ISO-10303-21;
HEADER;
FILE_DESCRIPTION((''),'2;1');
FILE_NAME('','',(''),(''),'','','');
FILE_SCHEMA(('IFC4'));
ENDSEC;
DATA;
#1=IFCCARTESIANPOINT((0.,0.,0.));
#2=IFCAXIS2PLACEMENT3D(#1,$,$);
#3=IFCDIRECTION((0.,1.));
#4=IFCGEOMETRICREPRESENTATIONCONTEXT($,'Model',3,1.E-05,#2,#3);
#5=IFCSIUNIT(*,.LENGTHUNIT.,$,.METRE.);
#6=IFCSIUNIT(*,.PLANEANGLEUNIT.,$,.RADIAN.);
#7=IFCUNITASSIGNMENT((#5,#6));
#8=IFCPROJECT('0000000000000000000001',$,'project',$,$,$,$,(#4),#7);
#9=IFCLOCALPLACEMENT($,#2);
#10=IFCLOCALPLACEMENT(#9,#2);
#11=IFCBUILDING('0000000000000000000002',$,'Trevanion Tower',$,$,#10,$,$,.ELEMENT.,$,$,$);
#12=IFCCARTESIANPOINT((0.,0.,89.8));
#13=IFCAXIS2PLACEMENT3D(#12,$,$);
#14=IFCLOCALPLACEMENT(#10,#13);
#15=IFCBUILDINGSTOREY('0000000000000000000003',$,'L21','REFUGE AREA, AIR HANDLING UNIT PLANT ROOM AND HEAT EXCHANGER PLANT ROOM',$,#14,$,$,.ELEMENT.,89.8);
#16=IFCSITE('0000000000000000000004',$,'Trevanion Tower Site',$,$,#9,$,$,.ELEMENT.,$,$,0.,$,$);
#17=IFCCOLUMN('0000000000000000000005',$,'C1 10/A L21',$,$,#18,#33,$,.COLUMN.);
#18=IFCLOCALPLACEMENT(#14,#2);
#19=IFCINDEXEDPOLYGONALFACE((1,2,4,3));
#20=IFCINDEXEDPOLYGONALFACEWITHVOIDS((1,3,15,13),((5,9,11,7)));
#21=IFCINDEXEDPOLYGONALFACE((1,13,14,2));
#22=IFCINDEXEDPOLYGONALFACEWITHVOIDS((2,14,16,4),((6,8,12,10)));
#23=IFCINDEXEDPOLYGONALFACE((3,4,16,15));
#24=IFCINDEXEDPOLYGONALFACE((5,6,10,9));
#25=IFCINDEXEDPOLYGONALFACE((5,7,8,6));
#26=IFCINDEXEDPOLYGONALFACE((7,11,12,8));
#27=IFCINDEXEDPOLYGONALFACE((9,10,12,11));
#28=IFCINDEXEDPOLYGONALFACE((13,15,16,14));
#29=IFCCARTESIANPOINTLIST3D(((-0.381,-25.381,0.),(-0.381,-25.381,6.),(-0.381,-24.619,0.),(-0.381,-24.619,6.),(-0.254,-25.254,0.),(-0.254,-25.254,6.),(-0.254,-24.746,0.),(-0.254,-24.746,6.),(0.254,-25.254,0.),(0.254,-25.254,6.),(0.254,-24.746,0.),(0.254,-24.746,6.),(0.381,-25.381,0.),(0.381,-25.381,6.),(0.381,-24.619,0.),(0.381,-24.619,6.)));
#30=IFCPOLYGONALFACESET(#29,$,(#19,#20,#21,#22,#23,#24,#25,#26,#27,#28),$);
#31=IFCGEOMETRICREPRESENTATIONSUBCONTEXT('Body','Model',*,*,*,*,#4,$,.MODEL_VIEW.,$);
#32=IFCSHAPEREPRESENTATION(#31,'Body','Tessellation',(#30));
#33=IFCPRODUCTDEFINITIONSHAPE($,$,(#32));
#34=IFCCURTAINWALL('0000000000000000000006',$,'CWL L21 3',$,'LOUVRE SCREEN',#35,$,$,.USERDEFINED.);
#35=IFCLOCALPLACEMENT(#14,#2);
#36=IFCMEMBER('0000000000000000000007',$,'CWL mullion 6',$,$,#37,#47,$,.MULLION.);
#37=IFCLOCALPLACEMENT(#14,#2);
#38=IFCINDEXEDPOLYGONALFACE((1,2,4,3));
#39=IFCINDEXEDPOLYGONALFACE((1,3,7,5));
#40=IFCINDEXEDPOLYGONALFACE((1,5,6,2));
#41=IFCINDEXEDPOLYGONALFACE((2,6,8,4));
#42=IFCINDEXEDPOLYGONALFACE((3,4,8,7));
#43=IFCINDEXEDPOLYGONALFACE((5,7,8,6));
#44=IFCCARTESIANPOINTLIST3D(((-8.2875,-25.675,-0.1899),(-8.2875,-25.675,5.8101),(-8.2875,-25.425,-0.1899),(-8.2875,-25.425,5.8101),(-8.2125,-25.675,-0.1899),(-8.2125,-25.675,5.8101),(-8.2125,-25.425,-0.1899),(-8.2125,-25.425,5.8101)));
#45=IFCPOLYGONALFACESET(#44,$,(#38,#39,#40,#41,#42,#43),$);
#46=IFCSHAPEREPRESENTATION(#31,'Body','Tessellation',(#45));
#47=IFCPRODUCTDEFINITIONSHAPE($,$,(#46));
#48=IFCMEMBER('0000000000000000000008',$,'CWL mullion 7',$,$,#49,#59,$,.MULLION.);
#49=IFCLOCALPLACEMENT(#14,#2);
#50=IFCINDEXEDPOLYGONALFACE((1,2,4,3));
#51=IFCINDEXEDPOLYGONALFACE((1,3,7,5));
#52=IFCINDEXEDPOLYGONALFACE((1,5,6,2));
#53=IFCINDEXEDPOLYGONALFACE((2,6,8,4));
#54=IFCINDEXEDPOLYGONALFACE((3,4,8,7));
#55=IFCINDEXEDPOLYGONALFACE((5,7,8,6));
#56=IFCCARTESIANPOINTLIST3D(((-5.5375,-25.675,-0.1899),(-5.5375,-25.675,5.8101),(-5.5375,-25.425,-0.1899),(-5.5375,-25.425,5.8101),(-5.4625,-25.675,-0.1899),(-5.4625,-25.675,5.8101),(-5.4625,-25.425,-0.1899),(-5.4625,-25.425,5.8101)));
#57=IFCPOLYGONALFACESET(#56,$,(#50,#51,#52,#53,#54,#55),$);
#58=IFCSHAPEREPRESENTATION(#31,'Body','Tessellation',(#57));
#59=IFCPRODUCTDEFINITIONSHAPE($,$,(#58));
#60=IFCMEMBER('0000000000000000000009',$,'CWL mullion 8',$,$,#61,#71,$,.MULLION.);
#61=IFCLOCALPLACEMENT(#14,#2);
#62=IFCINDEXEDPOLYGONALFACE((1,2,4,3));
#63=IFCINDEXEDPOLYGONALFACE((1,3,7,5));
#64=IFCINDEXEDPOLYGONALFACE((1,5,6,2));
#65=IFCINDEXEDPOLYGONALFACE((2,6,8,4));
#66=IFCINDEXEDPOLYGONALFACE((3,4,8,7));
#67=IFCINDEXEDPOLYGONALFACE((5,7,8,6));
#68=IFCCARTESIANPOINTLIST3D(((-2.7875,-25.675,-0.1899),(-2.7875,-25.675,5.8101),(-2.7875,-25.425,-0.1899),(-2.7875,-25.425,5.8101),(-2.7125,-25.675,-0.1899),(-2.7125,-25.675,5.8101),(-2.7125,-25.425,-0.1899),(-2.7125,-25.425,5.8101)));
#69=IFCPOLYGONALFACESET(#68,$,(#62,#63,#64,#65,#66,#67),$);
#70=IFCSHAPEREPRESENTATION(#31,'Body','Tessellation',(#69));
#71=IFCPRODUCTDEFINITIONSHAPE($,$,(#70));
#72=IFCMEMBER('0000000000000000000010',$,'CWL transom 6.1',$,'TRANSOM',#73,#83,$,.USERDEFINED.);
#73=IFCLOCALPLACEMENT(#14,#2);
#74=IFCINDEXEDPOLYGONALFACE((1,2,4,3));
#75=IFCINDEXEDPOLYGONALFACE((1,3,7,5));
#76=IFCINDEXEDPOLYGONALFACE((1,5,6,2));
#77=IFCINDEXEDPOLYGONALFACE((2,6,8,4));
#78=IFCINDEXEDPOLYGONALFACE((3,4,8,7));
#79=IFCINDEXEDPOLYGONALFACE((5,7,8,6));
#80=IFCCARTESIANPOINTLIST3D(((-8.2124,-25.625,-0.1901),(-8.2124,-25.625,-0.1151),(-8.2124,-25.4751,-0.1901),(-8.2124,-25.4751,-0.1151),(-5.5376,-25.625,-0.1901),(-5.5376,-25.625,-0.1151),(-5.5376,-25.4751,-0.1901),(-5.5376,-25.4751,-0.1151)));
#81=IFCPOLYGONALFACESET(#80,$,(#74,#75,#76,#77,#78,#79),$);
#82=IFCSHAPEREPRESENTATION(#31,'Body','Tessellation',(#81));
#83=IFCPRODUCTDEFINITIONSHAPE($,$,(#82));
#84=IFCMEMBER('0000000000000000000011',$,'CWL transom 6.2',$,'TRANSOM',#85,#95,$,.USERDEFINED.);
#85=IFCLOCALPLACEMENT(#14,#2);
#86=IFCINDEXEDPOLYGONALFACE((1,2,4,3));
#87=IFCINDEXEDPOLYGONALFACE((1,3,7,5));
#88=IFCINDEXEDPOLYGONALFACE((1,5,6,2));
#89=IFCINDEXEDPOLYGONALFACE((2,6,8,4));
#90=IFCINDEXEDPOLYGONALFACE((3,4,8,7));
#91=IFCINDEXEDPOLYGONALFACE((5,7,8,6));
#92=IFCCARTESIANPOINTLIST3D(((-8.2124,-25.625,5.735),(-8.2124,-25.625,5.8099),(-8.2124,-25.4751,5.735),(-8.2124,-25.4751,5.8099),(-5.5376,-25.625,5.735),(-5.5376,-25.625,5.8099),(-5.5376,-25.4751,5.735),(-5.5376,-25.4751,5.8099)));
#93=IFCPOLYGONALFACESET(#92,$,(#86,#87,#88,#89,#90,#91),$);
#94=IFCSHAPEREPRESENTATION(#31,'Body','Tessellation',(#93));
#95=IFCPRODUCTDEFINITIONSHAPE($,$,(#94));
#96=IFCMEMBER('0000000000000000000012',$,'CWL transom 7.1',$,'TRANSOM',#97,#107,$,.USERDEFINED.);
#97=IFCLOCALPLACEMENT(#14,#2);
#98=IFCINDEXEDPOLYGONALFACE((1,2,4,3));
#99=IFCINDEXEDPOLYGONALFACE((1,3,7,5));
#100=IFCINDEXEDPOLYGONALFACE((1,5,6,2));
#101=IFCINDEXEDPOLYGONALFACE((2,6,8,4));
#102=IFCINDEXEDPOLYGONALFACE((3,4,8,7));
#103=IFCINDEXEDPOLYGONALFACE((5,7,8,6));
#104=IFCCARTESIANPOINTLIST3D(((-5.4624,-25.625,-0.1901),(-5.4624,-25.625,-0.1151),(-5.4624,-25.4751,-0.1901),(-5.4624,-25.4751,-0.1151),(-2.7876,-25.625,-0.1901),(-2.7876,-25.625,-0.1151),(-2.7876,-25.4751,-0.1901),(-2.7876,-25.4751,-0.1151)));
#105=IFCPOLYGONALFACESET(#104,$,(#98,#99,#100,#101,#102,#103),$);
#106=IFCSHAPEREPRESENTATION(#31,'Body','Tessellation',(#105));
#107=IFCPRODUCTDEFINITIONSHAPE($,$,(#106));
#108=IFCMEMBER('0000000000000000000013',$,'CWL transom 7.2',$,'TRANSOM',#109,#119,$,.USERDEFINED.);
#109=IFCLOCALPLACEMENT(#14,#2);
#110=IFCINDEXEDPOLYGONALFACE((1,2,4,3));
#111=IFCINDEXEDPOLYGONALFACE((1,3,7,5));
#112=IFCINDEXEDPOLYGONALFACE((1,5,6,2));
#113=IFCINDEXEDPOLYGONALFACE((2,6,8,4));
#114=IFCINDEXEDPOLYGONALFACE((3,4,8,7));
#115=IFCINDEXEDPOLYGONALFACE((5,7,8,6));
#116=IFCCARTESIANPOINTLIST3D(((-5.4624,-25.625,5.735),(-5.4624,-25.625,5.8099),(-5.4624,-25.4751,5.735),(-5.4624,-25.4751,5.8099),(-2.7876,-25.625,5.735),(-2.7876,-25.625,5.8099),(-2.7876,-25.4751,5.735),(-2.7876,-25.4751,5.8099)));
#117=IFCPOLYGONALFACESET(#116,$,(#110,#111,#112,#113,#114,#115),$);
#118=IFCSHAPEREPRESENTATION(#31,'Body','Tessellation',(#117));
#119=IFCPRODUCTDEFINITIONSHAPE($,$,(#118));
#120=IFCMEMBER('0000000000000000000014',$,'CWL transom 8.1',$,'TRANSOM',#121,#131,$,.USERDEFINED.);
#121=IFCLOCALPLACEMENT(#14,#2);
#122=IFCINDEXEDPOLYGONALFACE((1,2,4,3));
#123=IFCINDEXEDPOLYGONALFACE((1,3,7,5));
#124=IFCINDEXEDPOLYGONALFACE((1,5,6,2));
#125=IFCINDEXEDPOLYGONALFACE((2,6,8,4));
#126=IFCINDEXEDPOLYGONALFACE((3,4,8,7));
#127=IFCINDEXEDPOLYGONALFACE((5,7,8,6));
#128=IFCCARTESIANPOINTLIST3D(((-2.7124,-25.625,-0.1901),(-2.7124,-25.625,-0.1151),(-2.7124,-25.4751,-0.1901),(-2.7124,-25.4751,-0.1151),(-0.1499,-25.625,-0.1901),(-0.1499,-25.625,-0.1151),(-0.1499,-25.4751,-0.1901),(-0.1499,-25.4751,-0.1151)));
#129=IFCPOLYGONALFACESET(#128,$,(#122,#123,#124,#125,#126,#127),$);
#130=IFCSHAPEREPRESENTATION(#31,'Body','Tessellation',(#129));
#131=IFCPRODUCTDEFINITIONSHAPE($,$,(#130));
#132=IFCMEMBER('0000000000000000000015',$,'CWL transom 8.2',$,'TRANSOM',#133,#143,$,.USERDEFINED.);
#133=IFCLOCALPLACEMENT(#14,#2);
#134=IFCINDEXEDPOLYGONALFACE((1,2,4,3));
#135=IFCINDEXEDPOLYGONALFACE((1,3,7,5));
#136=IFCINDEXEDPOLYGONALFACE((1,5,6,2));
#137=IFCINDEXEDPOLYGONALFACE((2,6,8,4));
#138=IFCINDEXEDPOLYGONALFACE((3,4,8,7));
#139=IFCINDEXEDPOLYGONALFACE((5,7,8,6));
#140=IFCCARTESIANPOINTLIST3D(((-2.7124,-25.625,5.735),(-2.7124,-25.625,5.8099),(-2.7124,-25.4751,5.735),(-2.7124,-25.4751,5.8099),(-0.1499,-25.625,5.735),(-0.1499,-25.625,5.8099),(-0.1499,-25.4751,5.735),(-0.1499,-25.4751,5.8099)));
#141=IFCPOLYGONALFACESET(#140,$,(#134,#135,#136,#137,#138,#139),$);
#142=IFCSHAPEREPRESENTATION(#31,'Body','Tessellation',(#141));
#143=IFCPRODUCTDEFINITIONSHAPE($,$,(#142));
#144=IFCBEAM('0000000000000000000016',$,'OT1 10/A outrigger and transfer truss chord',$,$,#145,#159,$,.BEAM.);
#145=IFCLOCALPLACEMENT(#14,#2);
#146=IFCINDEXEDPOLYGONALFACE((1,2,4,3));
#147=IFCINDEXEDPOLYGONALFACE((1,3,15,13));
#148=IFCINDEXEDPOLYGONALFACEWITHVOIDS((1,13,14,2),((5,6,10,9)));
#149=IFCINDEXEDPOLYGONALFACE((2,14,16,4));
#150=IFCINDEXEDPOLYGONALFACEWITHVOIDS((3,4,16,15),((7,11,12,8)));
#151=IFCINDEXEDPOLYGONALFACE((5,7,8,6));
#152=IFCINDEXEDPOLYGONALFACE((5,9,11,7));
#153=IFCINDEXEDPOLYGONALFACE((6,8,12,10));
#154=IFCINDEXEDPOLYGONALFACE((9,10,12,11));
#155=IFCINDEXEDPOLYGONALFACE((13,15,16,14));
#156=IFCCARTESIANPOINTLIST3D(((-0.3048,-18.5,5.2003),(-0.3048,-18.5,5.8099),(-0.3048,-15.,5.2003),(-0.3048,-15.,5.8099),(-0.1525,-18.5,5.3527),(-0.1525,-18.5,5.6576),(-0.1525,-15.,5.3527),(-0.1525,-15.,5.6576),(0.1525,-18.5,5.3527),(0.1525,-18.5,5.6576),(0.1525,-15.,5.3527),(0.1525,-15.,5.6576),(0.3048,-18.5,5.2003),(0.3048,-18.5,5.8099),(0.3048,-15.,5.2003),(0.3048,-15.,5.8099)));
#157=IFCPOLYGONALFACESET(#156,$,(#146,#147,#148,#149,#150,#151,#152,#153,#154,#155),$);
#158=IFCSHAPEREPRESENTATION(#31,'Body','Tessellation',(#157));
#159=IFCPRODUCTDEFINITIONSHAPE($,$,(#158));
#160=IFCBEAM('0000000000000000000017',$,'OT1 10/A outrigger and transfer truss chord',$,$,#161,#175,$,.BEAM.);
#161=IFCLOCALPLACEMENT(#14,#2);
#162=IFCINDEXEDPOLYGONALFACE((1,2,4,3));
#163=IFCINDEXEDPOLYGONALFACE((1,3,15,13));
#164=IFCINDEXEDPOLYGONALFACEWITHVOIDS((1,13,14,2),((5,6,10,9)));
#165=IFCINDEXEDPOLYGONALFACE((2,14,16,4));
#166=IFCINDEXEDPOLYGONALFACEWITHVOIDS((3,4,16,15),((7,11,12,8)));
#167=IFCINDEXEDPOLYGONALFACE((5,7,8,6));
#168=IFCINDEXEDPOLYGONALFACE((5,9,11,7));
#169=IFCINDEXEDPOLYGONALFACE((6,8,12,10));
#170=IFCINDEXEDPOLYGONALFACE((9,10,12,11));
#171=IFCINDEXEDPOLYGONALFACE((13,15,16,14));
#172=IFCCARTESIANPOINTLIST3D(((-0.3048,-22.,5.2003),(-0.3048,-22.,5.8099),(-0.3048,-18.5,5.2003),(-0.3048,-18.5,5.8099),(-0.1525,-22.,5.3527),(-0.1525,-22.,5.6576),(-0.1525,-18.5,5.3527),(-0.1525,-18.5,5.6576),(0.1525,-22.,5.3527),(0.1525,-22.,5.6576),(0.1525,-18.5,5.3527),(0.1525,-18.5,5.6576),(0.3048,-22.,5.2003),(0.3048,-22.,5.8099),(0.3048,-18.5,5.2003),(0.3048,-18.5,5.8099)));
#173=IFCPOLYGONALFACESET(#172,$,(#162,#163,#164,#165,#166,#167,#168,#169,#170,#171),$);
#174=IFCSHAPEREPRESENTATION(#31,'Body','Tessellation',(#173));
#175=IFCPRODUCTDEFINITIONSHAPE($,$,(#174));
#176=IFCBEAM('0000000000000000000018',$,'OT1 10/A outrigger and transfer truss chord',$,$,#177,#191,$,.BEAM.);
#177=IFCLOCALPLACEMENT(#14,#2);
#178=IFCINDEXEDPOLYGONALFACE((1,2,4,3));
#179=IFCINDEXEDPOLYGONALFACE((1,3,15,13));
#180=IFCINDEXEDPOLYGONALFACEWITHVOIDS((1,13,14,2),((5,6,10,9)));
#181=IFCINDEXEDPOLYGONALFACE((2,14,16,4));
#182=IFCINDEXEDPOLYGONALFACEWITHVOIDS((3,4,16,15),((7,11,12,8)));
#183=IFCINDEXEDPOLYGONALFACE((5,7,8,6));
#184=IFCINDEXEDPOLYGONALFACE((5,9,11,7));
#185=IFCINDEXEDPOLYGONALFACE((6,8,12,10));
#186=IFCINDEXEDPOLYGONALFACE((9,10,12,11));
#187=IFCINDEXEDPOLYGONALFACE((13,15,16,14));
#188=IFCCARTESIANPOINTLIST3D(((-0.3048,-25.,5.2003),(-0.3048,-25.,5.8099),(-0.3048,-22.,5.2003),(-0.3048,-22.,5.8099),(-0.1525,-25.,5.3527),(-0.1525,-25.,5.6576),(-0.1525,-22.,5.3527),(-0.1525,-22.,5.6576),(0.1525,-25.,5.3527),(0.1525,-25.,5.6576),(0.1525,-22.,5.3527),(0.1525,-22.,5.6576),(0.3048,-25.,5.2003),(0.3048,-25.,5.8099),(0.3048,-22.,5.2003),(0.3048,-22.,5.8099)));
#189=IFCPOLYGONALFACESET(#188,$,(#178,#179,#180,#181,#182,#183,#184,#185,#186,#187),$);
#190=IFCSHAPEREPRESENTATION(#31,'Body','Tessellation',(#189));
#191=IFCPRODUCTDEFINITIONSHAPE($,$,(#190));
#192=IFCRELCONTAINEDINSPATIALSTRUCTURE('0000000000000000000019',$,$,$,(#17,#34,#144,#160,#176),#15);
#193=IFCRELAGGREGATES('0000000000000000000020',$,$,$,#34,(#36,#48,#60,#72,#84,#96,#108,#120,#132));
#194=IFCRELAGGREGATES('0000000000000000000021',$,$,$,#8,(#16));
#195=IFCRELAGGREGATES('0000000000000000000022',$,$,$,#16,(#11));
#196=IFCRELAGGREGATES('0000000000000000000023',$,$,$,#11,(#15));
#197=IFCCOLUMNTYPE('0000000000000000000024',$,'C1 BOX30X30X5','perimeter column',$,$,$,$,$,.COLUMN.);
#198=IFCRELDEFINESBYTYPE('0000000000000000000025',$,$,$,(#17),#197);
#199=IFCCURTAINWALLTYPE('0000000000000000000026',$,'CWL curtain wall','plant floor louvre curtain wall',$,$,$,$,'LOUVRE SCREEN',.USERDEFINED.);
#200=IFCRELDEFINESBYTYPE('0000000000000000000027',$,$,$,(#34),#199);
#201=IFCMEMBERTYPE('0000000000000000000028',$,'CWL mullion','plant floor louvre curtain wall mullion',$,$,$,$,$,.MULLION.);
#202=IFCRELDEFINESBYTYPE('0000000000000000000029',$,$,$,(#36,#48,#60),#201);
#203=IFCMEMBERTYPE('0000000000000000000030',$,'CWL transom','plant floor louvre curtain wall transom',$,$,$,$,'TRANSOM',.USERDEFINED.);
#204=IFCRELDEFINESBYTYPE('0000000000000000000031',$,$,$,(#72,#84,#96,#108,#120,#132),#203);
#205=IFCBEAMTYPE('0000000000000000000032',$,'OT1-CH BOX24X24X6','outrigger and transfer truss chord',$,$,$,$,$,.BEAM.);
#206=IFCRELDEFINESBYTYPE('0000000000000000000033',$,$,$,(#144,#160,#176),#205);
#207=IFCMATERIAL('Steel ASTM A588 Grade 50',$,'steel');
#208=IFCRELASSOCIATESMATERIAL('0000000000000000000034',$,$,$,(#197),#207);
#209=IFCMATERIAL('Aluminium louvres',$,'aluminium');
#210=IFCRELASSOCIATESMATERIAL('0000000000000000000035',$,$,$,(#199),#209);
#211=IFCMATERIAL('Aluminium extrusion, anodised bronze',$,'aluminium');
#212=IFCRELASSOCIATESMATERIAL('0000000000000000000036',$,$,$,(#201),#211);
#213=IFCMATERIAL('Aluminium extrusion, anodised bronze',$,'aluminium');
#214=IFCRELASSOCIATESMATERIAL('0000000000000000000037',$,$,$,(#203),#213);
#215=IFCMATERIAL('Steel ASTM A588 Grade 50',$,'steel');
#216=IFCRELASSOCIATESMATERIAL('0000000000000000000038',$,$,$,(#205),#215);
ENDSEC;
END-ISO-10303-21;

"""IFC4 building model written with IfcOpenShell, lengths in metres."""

from ifc_helpers import new_model, si_unit, direction, frame, origin, origin_2d, place, context, subcontext, project, spatial, rectangle, hollow_rectangle, extrude, material, material_profile, profile_set, type_object, element, aggregate, save


model = new_model("IFC4")

# Units and contexts
model_context = context("Model", 3, precision=1e-05, world=origin(), true_north=direction((0.0, 1.0)))
body_context = subcontext(model_context, "Body", "Model", "MODEL_VIEW")
ifc_project = project(units=[si_unit("LENGTHUNIT", "METRE"), si_unit("PLANEANGLEUNIT", "RADIAN")], contexts=[model_context])

# Site, building, storey
site_placement = place(None, origin())
site = spatial("IfcSite", under=ifc_project, at=site_placement, Name="Trevanion Tower Site", CompositionType="ELEMENT", RefElevation=0.0)
building_placement = place(site_placement, origin())
building = spatial("IfcBuilding", under=site, at=building_placement, Name="Trevanion Tower", CompositionType="ELEMENT")
storey_placement = place(building_placement, frame((0.0, 0.0, 89.8)))
storey = spatial("IfcBuildingStorey", under=building, at=storey_placement, Name="L21", Description="REFUGE AREA, AIR HANDLING UNIT PLANT ROOM AND HEAT EXCHANGER PLANT ROOM", CompositionType="ELEMENT", Elevation=89.8)

# Column
ifc_material_1 = material(Name="Steel ASTM A588 Grade 50", Category="steel")
ifc_material_profile_1 = material_profile(ifc_material_1, hollow_rectangle(XDim=0.762, YDim=0.762, WallThickness=0.127, at=origin_2d()), Name="BOX30X30X5")
ifc_profile_set_1 = profile_set([ifc_material_profile_1], Name="Steel ASTM A588 Grade 50")
column_type = type_object("IfcColumnType", Name="C1 BOX30X30X5", Description="perimeter column", PredefinedType="COLUMN", material=ifc_profile_set_1)
column_placement = place(storey_placement, frame((0.0, -25.0, 0.0), z_axis=(0.0, 0.0, 1.0), x_axis=(1.0, 0.0, 0.0)))
element("IfcColumn", 1, at=column_placement, inside=storey, type_object=column_type, Name="C1 10/A L21", PredefinedType="COLUMN", context=body_context, shape_type="SweptSolid", body=[
    extrude(hollow_rectangle(XDim=0.762, YDim=0.762, WallThickness=0.127, at=origin_2d()), origin(), (0.0, 0.0, 1.0), 6.0),
])

# Curtain wall, members
ifc_material_2 = material(Name="Aluminium louvres", Category="aluminium")
curtain_wall_type = type_object("IfcCurtainWallType", Name="CWL curtain wall", Description="plant floor louvre curtain wall", ElementType="LOUVRE SCREEN", PredefinedType="USERDEFINED", material=ifc_material_2)
curtain_wall_placement = place(storey_placement, origin())
curtain_wall = element("IfcCurtainWall", 2, at=curtain_wall_placement, inside=storey, type_object=curtain_wall_type, Name="CWL L21 3", ObjectType="LOUVRE SCREEN", PredefinedType="USERDEFINED")
ifc_material_3 = material(Name="Aluminium extrusion, anodised bronze", Category="aluminium")
ifc_material_profile_2 = material_profile(ifc_material_3, rectangle(XDim=0.075, YDim=0.25, at=origin_2d()), Name="CWL mullion")
ifc_profile_set_2 = profile_set([ifc_material_profile_2], Name="Aluminium extrusion, anodised bronze")
member_type_1 = type_object("IfcMemberType", Name="CWL mullion", Description="plant floor louvre curtain wall mullion", PredefinedType="MULLION", material=ifc_profile_set_2)
member_1_placement = place(storey_placement, frame((-8.25, -25.55, -0.1899), z_axis=(0.0, 0.0, 1.0), x_axis=(1.0, 0.0, 0.0)))
member_1 = element("IfcMember", 3, at=member_1_placement, type_object=member_type_1, Name="CWL mullion 6", PredefinedType="MULLION", context=body_context, shape_type="SweptSolid", body=[
    extrude(rectangle(XDim=0.075, YDim=0.25, at=origin_2d()), origin(), (0.0, 0.0, 1.0), 6.0),
])
member_2_placement = place(storey_placement, frame((-5.5, -25.55, -0.1899), z_axis=(0.0, 0.0, 1.0), x_axis=(1.0, 0.0, 0.0)))
member_2 = element("IfcMember", 4, at=member_2_placement, type_object=member_type_1, Name="CWL mullion 7", PredefinedType="MULLION", context=body_context, shape_type="SweptSolid", body=[
    extrude(rectangle(XDim=0.075, YDim=0.25, at=origin_2d()), origin(), (0.0, 0.0, 1.0), 6.0),
])
member_3_placement = place(storey_placement, frame((-2.75, -25.55, -0.1899), z_axis=(0.0, 0.0, 1.0), x_axis=(1.0, 0.0, 0.0)))
member_3 = element("IfcMember", 5, at=member_3_placement, type_object=member_type_1, Name="CWL mullion 8", PredefinedType="MULLION", context=body_context, shape_type="SweptSolid", body=[
    extrude(rectangle(XDim=0.075, YDim=0.25, at=origin_2d()), origin(), (0.0, 0.0, 1.0), 6.0),
])
ifc_material_4 = material(Name="Aluminium extrusion, anodised bronze", Category="aluminium")
ifc_material_profile_3 = material_profile(ifc_material_4, rectangle(XDim=0.1499, YDim=0.075, at=origin_2d()), Name="CWL transom")
ifc_profile_set_3 = profile_set([ifc_material_profile_3], Name="Aluminium extrusion, anodised bronze")
member_type_2 = type_object("IfcMemberType", Name="CWL transom", Description="plant floor louvre curtain wall transom", ElementType="TRANSOM", PredefinedType="USERDEFINED", material=ifc_profile_set_3)
member_4_placement = place(storey_placement, frame((-8.2124, -25.55, -0.1526), z_axis=(1.0, 0.0, 0.0), x_axis=(0.0, 1.0, 0.0)))
member_4 = element("IfcMember", 6, at=member_4_placement, type_object=member_type_2, Name="CWL transom 6.1", ObjectType="TRANSOM", PredefinedType="USERDEFINED", context=body_context, shape_type="SweptSolid", body=[
    extrude(rectangle(XDim=0.1499, YDim=0.075, at=origin_2d()), origin(), (0.0, 0.0, 1.0), 2.6748),
])
member_5_placement = place(storey_placement, frame((-8.2124, -25.55, 5.7725), z_axis=(1.0, 0.0, 0.0), x_axis=(0.0, 1.0, 0.0)))
member_5 = element("IfcMember", 7, at=member_5_placement, type_object=member_type_2, Name="CWL transom 6.2", ObjectType="TRANSOM", PredefinedType="USERDEFINED", context=body_context, shape_type="SweptSolid", body=[
    extrude(rectangle(XDim=0.1499, YDim=0.075, at=origin_2d()), origin(), (0.0, 0.0, 1.0), 2.6748),
])
member_6_placement = place(storey_placement, frame((-5.4624, -25.55, -0.1526), z_axis=(1.0, 0.0, 0.0), x_axis=(0.0, 1.0, 0.0)))
member_6 = element("IfcMember", 8, at=member_6_placement, type_object=member_type_2, Name="CWL transom 7.1", ObjectType="TRANSOM", PredefinedType="USERDEFINED", context=body_context, shape_type="SweptSolid", body=[
    extrude(rectangle(XDim=0.1499, YDim=0.075, at=origin_2d()), origin(), (0.0, 0.0, 1.0), 2.6748),
])
member_7_placement = place(storey_placement, frame((-5.4624, -25.55, 5.7725), z_axis=(1.0, 0.0, 0.0), x_axis=(0.0, 1.0, 0.0)))
member_7 = element("IfcMember", 9, at=member_7_placement, type_object=member_type_2, Name="CWL transom 7.2", ObjectType="TRANSOM", PredefinedType="USERDEFINED", context=body_context, shape_type="SweptSolid", body=[
    extrude(rectangle(XDim=0.1499, YDim=0.075, at=origin_2d()), origin(), (0.0, 0.0, 1.0), 2.6748),
])
member_8_placement = place(storey_placement, frame((-2.7124, -25.55, -0.1526), z_axis=(1.0, 0.0, 0.0), x_axis=(0.0, 1.0, 0.0)))
member_8 = element("IfcMember", 10, at=member_8_placement, type_object=member_type_2, Name="CWL transom 8.1", ObjectType="TRANSOM", PredefinedType="USERDEFINED", context=body_context, shape_type="SweptSolid", body=[
    extrude(rectangle(XDim=0.1499, YDim=0.075, at=origin_2d()), origin(), (0.0, 0.0, 1.0), 2.5625),
])
member_9_placement = place(storey_placement, frame((-2.7124, -25.55, 5.7725), z_axis=(1.0, 0.0, 0.0), x_axis=(0.0, 1.0, 0.0)))
member_9 = element("IfcMember", 11, at=member_9_placement, type_object=member_type_2, Name="CWL transom 8.2", ObjectType="TRANSOM", PredefinedType="USERDEFINED", context=body_context, shape_type="SweptSolid", body=[
    extrude(rectangle(XDim=0.1499, YDim=0.075, at=origin_2d()), origin(), (0.0, 0.0, 1.0), 2.5625),
])

# Beams
ifc_material_5 = material(Name="Steel ASTM A588 Grade 50", Category="steel")
ifc_material_profile_4 = material_profile(ifc_material_5, hollow_rectangle(XDim=0.6096, YDim=0.6096, WallThickness=0.1523, at=origin_2d()), Name="BOX24X24X6")
ifc_profile_set_4 = profile_set([ifc_material_profile_4], Name="Steel ASTM A588 Grade 50")
beam_type = type_object("IfcBeamType", Name="OT1-CH BOX24X24X6", Description="outrigger and transfer truss chord", PredefinedType="BEAM", material=ifc_profile_set_4)
for number, where, z_axis, x_axis, name in (
    (12, (0.0, -15.0, 5.5051), (0.0, -1.0, 0.0), (1.0, 0.0, 0.0), "OT1 10/A outrigger and transfer truss chord"),
    (13, (0.0, -18.5, 5.5051), (0.0, -1.0, 0.0), (1.0, 0.0, 0.0), "OT1 10/A outrigger and transfer truss chord"),
):
    element("IfcBeam", number, at=place(storey_placement, frame(where, z_axis=z_axis, x_axis=x_axis)), inside=storey, type_object=beam_type, Name=name, PredefinedType="BEAM", context=body_context, shape_type="SweptSolid", body=[
        extrude(hollow_rectangle(XDim=0.6096, YDim=0.6096, WallThickness=0.1523, at=origin_2d()), origin(), (0.0, 0.0, 1.0), 3.5),
    ])
beam_placement = place(storey_placement, frame((0.0, -22.0, 5.5051), z_axis=(0.0, -1.0, 0.0), x_axis=(1.0, 0.0, 0.0)))
element("IfcBeam", 14, at=beam_placement, inside=storey, type_object=beam_type, Name="OT1 10/A outrigger and transfer truss chord", PredefinedType="BEAM", context=body_context, shape_type="SweptSolid", body=[
    extrude(hollow_rectangle(XDim=0.6096, YDim=0.6096, WallThickness=0.1523, at=origin_2d()), origin(), (0.0, 0.0, 1.0), 3.0),
])

aggregate(curtain_wall, [member_1, member_2, member_3, member_4, member_5, member_6, member_7, member_8, member_9])

save(model, "model.ifc")
